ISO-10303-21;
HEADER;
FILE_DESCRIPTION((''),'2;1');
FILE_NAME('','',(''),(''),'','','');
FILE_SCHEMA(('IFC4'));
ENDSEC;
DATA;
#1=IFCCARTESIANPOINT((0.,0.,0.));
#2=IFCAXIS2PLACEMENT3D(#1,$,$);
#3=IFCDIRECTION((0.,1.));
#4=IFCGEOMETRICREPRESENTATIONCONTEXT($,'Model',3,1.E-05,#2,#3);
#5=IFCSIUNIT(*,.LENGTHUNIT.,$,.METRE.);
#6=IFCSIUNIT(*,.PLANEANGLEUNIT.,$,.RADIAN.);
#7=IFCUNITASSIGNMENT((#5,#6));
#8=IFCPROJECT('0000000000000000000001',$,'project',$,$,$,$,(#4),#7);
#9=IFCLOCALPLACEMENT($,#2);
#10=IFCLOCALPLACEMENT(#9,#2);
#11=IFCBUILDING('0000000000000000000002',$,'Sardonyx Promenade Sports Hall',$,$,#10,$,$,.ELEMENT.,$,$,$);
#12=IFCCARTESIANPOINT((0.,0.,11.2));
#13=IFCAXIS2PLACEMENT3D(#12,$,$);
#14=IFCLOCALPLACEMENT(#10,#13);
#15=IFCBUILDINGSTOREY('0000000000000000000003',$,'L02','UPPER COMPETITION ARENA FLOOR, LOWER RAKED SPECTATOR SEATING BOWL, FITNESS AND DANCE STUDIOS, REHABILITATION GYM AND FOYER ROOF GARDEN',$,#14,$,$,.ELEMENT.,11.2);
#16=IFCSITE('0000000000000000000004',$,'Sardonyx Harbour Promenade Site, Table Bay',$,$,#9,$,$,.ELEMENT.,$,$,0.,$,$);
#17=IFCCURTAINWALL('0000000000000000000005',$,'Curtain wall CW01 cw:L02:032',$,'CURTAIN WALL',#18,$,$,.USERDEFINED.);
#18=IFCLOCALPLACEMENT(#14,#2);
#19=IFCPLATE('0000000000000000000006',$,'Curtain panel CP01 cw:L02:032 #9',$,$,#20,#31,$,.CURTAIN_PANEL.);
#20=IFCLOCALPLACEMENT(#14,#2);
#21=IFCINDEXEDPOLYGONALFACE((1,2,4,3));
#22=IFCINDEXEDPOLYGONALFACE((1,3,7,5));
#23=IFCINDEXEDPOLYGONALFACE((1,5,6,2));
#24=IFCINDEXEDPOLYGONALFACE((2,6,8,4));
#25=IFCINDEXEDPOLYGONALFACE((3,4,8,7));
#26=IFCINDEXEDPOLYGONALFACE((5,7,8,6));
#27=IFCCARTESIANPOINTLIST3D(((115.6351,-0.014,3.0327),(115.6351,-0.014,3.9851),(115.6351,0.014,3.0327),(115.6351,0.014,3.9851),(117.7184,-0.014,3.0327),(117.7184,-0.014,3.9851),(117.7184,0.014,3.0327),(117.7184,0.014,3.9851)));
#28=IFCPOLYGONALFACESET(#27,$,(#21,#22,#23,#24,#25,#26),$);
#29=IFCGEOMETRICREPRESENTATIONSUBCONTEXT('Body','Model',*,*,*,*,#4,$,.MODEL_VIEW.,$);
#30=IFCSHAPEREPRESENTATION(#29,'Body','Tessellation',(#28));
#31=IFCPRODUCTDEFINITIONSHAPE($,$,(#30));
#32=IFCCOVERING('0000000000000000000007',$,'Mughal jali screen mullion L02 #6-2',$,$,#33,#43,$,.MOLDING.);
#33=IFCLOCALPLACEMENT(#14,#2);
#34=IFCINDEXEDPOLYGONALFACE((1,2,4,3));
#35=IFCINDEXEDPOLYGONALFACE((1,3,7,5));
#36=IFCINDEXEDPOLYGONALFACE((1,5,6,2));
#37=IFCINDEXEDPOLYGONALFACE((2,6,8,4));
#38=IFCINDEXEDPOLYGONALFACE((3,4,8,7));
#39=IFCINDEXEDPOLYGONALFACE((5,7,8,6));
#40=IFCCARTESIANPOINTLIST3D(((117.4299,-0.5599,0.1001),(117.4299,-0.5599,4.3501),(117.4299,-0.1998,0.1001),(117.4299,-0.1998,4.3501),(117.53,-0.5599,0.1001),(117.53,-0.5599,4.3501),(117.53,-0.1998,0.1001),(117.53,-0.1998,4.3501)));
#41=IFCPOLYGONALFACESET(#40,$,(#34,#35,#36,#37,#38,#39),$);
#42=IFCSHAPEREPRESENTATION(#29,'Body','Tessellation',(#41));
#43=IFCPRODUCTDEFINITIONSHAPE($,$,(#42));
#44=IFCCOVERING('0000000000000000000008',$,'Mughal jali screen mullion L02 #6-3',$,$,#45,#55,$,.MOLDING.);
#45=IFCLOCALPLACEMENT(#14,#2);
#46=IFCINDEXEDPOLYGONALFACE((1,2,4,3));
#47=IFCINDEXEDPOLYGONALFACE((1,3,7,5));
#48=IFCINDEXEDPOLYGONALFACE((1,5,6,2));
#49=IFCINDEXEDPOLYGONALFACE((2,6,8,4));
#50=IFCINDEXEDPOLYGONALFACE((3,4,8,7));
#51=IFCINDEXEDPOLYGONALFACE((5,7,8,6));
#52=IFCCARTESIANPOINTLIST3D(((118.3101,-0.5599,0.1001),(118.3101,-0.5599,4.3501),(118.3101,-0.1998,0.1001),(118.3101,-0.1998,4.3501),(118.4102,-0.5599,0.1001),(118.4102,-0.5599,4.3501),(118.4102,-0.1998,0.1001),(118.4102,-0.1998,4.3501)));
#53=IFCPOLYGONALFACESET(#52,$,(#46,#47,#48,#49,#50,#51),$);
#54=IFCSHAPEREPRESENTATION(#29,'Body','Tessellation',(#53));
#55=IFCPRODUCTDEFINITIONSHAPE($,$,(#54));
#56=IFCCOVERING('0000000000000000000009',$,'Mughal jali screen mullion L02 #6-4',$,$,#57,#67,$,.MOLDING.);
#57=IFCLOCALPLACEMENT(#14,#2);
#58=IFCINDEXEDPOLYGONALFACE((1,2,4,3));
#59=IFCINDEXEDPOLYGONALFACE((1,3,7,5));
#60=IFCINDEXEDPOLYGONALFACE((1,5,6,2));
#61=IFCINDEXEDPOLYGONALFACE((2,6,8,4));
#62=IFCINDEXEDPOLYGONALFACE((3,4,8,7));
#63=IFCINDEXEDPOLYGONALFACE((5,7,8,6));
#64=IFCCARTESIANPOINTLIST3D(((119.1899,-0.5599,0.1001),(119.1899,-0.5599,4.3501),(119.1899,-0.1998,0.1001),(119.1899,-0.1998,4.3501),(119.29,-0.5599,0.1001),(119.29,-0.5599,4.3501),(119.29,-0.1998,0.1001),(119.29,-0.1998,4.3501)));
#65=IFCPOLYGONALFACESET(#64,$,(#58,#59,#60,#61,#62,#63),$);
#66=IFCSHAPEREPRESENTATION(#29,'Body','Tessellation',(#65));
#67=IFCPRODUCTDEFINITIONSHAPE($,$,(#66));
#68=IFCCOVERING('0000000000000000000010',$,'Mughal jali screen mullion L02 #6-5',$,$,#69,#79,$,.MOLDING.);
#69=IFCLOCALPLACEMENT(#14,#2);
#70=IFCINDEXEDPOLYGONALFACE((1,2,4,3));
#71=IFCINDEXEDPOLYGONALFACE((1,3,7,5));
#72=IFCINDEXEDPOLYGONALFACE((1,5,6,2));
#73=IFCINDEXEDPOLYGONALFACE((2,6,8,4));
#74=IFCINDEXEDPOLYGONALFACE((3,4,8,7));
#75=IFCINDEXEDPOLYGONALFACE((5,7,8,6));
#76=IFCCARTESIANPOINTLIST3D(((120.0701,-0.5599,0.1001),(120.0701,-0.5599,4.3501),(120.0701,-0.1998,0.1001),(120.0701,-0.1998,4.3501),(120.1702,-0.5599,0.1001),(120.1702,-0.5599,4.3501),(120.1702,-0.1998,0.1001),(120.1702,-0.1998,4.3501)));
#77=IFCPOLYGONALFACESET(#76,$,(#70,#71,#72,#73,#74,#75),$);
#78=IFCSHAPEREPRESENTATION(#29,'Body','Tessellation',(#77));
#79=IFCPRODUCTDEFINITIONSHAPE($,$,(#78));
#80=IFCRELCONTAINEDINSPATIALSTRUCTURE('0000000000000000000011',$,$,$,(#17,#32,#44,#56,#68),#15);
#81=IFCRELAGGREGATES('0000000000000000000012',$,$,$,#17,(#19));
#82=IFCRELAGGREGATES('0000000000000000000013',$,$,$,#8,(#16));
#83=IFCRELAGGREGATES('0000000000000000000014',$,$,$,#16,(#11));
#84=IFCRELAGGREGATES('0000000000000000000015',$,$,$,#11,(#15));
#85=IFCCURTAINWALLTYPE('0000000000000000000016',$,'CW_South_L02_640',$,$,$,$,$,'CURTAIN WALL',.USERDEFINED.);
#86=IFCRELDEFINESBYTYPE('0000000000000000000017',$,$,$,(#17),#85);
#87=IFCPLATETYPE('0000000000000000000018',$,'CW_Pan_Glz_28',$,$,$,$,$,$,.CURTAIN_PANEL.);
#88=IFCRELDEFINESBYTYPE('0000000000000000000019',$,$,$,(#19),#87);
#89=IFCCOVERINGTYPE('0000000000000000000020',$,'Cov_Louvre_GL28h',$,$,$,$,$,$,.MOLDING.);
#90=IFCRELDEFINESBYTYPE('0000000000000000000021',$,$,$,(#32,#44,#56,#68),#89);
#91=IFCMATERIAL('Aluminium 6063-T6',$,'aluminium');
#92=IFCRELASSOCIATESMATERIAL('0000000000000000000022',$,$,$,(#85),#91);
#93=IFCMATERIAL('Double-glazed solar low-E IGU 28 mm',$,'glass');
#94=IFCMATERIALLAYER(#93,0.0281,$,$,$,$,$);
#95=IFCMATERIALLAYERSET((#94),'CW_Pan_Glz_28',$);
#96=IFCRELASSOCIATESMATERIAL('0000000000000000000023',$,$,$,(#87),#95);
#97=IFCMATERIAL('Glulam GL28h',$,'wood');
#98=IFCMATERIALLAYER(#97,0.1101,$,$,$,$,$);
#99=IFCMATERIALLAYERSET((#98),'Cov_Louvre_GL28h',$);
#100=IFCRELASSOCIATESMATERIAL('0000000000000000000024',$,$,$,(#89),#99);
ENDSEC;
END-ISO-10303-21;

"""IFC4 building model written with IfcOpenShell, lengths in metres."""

from ifc_helpers import new_model, si_unit, direction, frame, origin, origin_2d, place, context, subcontext, project, spatial, rectangle, extrude, material, layer, layer_set, type_object, element, aggregate, save


model = new_model("IFC4")

# Units and contexts
model_context = context("Model", 3, precision=1e-05, world=origin(), true_north=direction((0.0, 1.0)))
body_context = subcontext(model_context, "Body", "Model", "MODEL_VIEW")
ifc_project = project(units=[si_unit("LENGTHUNIT", "METRE"), si_unit("PLANEANGLEUNIT", "RADIAN")], contexts=[model_context])

# Site, building, storey
site_placement = place(None, origin())
site = spatial("IfcSite", under=ifc_project, at=site_placement, Name="Sardonyx Harbour Promenade Site, Table Bay", CompositionType="ELEMENT", RefElevation=0.0)
building_placement = place(site_placement, origin())
building = spatial("IfcBuilding", under=site, at=building_placement, Name="Sardonyx Promenade Sports Hall", CompositionType="ELEMENT")
storey_placement = place(building_placement, frame((0.0, 0.0, 11.2)))
storey = spatial("IfcBuildingStorey", under=building, at=storey_placement, Name="L02", Description="UPPER COMPETITION ARENA FLOOR, LOWER RAKED SPECTATOR SEATING BOWL, FITNESS AND DANCE STUDIOS, REHABILITATION GYM AND FOYER ROOF GARDEN", CompositionType="ELEMENT", Elevation=11.2)

# Curtain wall, plate
ifc_material_1 = material(Name="Aluminium 6063-T6", Category="aluminium")
curtain_wall_type = type_object("IfcCurtainWallType", Name="CW_South_L02_640", ElementType="CURTAIN WALL", PredefinedType="USERDEFINED", material=ifc_material_1)
curtain_wall_placement = place(storey_placement, origin())
curtain_wall = element("IfcCurtainWall", 1, at=curtain_wall_placement, inside=storey, type_object=curtain_wall_type, Name="Curtain wall CW01 cw:L02:032", ObjectType="CURTAIN WALL", PredefinedType="USERDEFINED")
ifc_material_2 = material(Name="Double-glazed solar low-E IGU 28 mm", Category="glass")
ifc_layer_1 = layer(ifc_material_2, 0.0281)
ifc_layer_set_1 = layer_set([ifc_layer_1], Name="CW_Pan_Glz_28")
plate_type = type_object("IfcPlateType", Name="CW_Pan_Glz_28", PredefinedType="CURTAIN_PANEL", material=ifc_layer_set_1)
plate_1_placement = place(storey_placement, frame((116.6768, 0.0, 3.0327), z_axis=(0.0, 0.0, 1.0), x_axis=(-1.0, 0.0, 0.0)))
plate_1 = element("IfcPlate", 2, at=plate_1_placement, type_object=plate_type, Name="Curtain panel CP01 cw:L02:032 #9", PredefinedType="CURTAIN_PANEL", context=body_context, shape_type="SweptSolid", body=[
    extrude(rectangle(XDim=2.0833, YDim=0.0281, at=origin_2d()), origin(), (0.0, 0.0, 1.0), 0.9524),
])
aggregate(curtain_wall, [plate_1])

# Coverings
ifc_material_3 = material(Name="Glulam GL28h", Category="wood")
ifc_layer_2 = layer(ifc_material_3, 0.1101)
ifc_layer_set_2 = layer_set([ifc_layer_2], Name="Cov_Louvre_GL28h")
covering_type = type_object("IfcCoveringType", Name="Cov_Louvre_GL28h", PredefinedType="MOLDING", material=ifc_layer_set_2)
for number, where, z_axis, x_axis, name in (
    (3, (117.48, -0.3799, 0.1001), (0.0, 0.0, 1.0), (1.0, 0.0, 0.0), "Mughal jali screen mullion L02 #6-2"),
    (4, (118.3601, -0.3799, 0.1001), (0.0, 0.0, 1.0), (1.0, 0.0, 0.0), "Mughal jali screen mullion L02 #6-3"),
    (5, (119.24, -0.3799, 0.1001), (0.0, 0.0, 1.0), (1.0, 0.0, 0.0), "Mughal jali screen mullion L02 #6-4"),
    (6, (120.1201, -0.3799, 0.1001), (0.0, 0.0, 1.0), (1.0, 0.0, 0.0), "Mughal jali screen mullion L02 #6-5"),
):
    element("IfcCovering", number, at=place(storey_placement, frame(where, z_axis=z_axis, x_axis=x_axis)), inside=storey, type_object=covering_type, Name=name, PredefinedType="MOLDING", context=body_context, shape_type="SweptSolid", body=[
        extrude(rectangle(XDim=0.1001, YDim=0.3601, at=origin_2d()), origin(), (0.0, 0.0, 1.0), 4.25),
    ])

save(model, "model.ifc")
